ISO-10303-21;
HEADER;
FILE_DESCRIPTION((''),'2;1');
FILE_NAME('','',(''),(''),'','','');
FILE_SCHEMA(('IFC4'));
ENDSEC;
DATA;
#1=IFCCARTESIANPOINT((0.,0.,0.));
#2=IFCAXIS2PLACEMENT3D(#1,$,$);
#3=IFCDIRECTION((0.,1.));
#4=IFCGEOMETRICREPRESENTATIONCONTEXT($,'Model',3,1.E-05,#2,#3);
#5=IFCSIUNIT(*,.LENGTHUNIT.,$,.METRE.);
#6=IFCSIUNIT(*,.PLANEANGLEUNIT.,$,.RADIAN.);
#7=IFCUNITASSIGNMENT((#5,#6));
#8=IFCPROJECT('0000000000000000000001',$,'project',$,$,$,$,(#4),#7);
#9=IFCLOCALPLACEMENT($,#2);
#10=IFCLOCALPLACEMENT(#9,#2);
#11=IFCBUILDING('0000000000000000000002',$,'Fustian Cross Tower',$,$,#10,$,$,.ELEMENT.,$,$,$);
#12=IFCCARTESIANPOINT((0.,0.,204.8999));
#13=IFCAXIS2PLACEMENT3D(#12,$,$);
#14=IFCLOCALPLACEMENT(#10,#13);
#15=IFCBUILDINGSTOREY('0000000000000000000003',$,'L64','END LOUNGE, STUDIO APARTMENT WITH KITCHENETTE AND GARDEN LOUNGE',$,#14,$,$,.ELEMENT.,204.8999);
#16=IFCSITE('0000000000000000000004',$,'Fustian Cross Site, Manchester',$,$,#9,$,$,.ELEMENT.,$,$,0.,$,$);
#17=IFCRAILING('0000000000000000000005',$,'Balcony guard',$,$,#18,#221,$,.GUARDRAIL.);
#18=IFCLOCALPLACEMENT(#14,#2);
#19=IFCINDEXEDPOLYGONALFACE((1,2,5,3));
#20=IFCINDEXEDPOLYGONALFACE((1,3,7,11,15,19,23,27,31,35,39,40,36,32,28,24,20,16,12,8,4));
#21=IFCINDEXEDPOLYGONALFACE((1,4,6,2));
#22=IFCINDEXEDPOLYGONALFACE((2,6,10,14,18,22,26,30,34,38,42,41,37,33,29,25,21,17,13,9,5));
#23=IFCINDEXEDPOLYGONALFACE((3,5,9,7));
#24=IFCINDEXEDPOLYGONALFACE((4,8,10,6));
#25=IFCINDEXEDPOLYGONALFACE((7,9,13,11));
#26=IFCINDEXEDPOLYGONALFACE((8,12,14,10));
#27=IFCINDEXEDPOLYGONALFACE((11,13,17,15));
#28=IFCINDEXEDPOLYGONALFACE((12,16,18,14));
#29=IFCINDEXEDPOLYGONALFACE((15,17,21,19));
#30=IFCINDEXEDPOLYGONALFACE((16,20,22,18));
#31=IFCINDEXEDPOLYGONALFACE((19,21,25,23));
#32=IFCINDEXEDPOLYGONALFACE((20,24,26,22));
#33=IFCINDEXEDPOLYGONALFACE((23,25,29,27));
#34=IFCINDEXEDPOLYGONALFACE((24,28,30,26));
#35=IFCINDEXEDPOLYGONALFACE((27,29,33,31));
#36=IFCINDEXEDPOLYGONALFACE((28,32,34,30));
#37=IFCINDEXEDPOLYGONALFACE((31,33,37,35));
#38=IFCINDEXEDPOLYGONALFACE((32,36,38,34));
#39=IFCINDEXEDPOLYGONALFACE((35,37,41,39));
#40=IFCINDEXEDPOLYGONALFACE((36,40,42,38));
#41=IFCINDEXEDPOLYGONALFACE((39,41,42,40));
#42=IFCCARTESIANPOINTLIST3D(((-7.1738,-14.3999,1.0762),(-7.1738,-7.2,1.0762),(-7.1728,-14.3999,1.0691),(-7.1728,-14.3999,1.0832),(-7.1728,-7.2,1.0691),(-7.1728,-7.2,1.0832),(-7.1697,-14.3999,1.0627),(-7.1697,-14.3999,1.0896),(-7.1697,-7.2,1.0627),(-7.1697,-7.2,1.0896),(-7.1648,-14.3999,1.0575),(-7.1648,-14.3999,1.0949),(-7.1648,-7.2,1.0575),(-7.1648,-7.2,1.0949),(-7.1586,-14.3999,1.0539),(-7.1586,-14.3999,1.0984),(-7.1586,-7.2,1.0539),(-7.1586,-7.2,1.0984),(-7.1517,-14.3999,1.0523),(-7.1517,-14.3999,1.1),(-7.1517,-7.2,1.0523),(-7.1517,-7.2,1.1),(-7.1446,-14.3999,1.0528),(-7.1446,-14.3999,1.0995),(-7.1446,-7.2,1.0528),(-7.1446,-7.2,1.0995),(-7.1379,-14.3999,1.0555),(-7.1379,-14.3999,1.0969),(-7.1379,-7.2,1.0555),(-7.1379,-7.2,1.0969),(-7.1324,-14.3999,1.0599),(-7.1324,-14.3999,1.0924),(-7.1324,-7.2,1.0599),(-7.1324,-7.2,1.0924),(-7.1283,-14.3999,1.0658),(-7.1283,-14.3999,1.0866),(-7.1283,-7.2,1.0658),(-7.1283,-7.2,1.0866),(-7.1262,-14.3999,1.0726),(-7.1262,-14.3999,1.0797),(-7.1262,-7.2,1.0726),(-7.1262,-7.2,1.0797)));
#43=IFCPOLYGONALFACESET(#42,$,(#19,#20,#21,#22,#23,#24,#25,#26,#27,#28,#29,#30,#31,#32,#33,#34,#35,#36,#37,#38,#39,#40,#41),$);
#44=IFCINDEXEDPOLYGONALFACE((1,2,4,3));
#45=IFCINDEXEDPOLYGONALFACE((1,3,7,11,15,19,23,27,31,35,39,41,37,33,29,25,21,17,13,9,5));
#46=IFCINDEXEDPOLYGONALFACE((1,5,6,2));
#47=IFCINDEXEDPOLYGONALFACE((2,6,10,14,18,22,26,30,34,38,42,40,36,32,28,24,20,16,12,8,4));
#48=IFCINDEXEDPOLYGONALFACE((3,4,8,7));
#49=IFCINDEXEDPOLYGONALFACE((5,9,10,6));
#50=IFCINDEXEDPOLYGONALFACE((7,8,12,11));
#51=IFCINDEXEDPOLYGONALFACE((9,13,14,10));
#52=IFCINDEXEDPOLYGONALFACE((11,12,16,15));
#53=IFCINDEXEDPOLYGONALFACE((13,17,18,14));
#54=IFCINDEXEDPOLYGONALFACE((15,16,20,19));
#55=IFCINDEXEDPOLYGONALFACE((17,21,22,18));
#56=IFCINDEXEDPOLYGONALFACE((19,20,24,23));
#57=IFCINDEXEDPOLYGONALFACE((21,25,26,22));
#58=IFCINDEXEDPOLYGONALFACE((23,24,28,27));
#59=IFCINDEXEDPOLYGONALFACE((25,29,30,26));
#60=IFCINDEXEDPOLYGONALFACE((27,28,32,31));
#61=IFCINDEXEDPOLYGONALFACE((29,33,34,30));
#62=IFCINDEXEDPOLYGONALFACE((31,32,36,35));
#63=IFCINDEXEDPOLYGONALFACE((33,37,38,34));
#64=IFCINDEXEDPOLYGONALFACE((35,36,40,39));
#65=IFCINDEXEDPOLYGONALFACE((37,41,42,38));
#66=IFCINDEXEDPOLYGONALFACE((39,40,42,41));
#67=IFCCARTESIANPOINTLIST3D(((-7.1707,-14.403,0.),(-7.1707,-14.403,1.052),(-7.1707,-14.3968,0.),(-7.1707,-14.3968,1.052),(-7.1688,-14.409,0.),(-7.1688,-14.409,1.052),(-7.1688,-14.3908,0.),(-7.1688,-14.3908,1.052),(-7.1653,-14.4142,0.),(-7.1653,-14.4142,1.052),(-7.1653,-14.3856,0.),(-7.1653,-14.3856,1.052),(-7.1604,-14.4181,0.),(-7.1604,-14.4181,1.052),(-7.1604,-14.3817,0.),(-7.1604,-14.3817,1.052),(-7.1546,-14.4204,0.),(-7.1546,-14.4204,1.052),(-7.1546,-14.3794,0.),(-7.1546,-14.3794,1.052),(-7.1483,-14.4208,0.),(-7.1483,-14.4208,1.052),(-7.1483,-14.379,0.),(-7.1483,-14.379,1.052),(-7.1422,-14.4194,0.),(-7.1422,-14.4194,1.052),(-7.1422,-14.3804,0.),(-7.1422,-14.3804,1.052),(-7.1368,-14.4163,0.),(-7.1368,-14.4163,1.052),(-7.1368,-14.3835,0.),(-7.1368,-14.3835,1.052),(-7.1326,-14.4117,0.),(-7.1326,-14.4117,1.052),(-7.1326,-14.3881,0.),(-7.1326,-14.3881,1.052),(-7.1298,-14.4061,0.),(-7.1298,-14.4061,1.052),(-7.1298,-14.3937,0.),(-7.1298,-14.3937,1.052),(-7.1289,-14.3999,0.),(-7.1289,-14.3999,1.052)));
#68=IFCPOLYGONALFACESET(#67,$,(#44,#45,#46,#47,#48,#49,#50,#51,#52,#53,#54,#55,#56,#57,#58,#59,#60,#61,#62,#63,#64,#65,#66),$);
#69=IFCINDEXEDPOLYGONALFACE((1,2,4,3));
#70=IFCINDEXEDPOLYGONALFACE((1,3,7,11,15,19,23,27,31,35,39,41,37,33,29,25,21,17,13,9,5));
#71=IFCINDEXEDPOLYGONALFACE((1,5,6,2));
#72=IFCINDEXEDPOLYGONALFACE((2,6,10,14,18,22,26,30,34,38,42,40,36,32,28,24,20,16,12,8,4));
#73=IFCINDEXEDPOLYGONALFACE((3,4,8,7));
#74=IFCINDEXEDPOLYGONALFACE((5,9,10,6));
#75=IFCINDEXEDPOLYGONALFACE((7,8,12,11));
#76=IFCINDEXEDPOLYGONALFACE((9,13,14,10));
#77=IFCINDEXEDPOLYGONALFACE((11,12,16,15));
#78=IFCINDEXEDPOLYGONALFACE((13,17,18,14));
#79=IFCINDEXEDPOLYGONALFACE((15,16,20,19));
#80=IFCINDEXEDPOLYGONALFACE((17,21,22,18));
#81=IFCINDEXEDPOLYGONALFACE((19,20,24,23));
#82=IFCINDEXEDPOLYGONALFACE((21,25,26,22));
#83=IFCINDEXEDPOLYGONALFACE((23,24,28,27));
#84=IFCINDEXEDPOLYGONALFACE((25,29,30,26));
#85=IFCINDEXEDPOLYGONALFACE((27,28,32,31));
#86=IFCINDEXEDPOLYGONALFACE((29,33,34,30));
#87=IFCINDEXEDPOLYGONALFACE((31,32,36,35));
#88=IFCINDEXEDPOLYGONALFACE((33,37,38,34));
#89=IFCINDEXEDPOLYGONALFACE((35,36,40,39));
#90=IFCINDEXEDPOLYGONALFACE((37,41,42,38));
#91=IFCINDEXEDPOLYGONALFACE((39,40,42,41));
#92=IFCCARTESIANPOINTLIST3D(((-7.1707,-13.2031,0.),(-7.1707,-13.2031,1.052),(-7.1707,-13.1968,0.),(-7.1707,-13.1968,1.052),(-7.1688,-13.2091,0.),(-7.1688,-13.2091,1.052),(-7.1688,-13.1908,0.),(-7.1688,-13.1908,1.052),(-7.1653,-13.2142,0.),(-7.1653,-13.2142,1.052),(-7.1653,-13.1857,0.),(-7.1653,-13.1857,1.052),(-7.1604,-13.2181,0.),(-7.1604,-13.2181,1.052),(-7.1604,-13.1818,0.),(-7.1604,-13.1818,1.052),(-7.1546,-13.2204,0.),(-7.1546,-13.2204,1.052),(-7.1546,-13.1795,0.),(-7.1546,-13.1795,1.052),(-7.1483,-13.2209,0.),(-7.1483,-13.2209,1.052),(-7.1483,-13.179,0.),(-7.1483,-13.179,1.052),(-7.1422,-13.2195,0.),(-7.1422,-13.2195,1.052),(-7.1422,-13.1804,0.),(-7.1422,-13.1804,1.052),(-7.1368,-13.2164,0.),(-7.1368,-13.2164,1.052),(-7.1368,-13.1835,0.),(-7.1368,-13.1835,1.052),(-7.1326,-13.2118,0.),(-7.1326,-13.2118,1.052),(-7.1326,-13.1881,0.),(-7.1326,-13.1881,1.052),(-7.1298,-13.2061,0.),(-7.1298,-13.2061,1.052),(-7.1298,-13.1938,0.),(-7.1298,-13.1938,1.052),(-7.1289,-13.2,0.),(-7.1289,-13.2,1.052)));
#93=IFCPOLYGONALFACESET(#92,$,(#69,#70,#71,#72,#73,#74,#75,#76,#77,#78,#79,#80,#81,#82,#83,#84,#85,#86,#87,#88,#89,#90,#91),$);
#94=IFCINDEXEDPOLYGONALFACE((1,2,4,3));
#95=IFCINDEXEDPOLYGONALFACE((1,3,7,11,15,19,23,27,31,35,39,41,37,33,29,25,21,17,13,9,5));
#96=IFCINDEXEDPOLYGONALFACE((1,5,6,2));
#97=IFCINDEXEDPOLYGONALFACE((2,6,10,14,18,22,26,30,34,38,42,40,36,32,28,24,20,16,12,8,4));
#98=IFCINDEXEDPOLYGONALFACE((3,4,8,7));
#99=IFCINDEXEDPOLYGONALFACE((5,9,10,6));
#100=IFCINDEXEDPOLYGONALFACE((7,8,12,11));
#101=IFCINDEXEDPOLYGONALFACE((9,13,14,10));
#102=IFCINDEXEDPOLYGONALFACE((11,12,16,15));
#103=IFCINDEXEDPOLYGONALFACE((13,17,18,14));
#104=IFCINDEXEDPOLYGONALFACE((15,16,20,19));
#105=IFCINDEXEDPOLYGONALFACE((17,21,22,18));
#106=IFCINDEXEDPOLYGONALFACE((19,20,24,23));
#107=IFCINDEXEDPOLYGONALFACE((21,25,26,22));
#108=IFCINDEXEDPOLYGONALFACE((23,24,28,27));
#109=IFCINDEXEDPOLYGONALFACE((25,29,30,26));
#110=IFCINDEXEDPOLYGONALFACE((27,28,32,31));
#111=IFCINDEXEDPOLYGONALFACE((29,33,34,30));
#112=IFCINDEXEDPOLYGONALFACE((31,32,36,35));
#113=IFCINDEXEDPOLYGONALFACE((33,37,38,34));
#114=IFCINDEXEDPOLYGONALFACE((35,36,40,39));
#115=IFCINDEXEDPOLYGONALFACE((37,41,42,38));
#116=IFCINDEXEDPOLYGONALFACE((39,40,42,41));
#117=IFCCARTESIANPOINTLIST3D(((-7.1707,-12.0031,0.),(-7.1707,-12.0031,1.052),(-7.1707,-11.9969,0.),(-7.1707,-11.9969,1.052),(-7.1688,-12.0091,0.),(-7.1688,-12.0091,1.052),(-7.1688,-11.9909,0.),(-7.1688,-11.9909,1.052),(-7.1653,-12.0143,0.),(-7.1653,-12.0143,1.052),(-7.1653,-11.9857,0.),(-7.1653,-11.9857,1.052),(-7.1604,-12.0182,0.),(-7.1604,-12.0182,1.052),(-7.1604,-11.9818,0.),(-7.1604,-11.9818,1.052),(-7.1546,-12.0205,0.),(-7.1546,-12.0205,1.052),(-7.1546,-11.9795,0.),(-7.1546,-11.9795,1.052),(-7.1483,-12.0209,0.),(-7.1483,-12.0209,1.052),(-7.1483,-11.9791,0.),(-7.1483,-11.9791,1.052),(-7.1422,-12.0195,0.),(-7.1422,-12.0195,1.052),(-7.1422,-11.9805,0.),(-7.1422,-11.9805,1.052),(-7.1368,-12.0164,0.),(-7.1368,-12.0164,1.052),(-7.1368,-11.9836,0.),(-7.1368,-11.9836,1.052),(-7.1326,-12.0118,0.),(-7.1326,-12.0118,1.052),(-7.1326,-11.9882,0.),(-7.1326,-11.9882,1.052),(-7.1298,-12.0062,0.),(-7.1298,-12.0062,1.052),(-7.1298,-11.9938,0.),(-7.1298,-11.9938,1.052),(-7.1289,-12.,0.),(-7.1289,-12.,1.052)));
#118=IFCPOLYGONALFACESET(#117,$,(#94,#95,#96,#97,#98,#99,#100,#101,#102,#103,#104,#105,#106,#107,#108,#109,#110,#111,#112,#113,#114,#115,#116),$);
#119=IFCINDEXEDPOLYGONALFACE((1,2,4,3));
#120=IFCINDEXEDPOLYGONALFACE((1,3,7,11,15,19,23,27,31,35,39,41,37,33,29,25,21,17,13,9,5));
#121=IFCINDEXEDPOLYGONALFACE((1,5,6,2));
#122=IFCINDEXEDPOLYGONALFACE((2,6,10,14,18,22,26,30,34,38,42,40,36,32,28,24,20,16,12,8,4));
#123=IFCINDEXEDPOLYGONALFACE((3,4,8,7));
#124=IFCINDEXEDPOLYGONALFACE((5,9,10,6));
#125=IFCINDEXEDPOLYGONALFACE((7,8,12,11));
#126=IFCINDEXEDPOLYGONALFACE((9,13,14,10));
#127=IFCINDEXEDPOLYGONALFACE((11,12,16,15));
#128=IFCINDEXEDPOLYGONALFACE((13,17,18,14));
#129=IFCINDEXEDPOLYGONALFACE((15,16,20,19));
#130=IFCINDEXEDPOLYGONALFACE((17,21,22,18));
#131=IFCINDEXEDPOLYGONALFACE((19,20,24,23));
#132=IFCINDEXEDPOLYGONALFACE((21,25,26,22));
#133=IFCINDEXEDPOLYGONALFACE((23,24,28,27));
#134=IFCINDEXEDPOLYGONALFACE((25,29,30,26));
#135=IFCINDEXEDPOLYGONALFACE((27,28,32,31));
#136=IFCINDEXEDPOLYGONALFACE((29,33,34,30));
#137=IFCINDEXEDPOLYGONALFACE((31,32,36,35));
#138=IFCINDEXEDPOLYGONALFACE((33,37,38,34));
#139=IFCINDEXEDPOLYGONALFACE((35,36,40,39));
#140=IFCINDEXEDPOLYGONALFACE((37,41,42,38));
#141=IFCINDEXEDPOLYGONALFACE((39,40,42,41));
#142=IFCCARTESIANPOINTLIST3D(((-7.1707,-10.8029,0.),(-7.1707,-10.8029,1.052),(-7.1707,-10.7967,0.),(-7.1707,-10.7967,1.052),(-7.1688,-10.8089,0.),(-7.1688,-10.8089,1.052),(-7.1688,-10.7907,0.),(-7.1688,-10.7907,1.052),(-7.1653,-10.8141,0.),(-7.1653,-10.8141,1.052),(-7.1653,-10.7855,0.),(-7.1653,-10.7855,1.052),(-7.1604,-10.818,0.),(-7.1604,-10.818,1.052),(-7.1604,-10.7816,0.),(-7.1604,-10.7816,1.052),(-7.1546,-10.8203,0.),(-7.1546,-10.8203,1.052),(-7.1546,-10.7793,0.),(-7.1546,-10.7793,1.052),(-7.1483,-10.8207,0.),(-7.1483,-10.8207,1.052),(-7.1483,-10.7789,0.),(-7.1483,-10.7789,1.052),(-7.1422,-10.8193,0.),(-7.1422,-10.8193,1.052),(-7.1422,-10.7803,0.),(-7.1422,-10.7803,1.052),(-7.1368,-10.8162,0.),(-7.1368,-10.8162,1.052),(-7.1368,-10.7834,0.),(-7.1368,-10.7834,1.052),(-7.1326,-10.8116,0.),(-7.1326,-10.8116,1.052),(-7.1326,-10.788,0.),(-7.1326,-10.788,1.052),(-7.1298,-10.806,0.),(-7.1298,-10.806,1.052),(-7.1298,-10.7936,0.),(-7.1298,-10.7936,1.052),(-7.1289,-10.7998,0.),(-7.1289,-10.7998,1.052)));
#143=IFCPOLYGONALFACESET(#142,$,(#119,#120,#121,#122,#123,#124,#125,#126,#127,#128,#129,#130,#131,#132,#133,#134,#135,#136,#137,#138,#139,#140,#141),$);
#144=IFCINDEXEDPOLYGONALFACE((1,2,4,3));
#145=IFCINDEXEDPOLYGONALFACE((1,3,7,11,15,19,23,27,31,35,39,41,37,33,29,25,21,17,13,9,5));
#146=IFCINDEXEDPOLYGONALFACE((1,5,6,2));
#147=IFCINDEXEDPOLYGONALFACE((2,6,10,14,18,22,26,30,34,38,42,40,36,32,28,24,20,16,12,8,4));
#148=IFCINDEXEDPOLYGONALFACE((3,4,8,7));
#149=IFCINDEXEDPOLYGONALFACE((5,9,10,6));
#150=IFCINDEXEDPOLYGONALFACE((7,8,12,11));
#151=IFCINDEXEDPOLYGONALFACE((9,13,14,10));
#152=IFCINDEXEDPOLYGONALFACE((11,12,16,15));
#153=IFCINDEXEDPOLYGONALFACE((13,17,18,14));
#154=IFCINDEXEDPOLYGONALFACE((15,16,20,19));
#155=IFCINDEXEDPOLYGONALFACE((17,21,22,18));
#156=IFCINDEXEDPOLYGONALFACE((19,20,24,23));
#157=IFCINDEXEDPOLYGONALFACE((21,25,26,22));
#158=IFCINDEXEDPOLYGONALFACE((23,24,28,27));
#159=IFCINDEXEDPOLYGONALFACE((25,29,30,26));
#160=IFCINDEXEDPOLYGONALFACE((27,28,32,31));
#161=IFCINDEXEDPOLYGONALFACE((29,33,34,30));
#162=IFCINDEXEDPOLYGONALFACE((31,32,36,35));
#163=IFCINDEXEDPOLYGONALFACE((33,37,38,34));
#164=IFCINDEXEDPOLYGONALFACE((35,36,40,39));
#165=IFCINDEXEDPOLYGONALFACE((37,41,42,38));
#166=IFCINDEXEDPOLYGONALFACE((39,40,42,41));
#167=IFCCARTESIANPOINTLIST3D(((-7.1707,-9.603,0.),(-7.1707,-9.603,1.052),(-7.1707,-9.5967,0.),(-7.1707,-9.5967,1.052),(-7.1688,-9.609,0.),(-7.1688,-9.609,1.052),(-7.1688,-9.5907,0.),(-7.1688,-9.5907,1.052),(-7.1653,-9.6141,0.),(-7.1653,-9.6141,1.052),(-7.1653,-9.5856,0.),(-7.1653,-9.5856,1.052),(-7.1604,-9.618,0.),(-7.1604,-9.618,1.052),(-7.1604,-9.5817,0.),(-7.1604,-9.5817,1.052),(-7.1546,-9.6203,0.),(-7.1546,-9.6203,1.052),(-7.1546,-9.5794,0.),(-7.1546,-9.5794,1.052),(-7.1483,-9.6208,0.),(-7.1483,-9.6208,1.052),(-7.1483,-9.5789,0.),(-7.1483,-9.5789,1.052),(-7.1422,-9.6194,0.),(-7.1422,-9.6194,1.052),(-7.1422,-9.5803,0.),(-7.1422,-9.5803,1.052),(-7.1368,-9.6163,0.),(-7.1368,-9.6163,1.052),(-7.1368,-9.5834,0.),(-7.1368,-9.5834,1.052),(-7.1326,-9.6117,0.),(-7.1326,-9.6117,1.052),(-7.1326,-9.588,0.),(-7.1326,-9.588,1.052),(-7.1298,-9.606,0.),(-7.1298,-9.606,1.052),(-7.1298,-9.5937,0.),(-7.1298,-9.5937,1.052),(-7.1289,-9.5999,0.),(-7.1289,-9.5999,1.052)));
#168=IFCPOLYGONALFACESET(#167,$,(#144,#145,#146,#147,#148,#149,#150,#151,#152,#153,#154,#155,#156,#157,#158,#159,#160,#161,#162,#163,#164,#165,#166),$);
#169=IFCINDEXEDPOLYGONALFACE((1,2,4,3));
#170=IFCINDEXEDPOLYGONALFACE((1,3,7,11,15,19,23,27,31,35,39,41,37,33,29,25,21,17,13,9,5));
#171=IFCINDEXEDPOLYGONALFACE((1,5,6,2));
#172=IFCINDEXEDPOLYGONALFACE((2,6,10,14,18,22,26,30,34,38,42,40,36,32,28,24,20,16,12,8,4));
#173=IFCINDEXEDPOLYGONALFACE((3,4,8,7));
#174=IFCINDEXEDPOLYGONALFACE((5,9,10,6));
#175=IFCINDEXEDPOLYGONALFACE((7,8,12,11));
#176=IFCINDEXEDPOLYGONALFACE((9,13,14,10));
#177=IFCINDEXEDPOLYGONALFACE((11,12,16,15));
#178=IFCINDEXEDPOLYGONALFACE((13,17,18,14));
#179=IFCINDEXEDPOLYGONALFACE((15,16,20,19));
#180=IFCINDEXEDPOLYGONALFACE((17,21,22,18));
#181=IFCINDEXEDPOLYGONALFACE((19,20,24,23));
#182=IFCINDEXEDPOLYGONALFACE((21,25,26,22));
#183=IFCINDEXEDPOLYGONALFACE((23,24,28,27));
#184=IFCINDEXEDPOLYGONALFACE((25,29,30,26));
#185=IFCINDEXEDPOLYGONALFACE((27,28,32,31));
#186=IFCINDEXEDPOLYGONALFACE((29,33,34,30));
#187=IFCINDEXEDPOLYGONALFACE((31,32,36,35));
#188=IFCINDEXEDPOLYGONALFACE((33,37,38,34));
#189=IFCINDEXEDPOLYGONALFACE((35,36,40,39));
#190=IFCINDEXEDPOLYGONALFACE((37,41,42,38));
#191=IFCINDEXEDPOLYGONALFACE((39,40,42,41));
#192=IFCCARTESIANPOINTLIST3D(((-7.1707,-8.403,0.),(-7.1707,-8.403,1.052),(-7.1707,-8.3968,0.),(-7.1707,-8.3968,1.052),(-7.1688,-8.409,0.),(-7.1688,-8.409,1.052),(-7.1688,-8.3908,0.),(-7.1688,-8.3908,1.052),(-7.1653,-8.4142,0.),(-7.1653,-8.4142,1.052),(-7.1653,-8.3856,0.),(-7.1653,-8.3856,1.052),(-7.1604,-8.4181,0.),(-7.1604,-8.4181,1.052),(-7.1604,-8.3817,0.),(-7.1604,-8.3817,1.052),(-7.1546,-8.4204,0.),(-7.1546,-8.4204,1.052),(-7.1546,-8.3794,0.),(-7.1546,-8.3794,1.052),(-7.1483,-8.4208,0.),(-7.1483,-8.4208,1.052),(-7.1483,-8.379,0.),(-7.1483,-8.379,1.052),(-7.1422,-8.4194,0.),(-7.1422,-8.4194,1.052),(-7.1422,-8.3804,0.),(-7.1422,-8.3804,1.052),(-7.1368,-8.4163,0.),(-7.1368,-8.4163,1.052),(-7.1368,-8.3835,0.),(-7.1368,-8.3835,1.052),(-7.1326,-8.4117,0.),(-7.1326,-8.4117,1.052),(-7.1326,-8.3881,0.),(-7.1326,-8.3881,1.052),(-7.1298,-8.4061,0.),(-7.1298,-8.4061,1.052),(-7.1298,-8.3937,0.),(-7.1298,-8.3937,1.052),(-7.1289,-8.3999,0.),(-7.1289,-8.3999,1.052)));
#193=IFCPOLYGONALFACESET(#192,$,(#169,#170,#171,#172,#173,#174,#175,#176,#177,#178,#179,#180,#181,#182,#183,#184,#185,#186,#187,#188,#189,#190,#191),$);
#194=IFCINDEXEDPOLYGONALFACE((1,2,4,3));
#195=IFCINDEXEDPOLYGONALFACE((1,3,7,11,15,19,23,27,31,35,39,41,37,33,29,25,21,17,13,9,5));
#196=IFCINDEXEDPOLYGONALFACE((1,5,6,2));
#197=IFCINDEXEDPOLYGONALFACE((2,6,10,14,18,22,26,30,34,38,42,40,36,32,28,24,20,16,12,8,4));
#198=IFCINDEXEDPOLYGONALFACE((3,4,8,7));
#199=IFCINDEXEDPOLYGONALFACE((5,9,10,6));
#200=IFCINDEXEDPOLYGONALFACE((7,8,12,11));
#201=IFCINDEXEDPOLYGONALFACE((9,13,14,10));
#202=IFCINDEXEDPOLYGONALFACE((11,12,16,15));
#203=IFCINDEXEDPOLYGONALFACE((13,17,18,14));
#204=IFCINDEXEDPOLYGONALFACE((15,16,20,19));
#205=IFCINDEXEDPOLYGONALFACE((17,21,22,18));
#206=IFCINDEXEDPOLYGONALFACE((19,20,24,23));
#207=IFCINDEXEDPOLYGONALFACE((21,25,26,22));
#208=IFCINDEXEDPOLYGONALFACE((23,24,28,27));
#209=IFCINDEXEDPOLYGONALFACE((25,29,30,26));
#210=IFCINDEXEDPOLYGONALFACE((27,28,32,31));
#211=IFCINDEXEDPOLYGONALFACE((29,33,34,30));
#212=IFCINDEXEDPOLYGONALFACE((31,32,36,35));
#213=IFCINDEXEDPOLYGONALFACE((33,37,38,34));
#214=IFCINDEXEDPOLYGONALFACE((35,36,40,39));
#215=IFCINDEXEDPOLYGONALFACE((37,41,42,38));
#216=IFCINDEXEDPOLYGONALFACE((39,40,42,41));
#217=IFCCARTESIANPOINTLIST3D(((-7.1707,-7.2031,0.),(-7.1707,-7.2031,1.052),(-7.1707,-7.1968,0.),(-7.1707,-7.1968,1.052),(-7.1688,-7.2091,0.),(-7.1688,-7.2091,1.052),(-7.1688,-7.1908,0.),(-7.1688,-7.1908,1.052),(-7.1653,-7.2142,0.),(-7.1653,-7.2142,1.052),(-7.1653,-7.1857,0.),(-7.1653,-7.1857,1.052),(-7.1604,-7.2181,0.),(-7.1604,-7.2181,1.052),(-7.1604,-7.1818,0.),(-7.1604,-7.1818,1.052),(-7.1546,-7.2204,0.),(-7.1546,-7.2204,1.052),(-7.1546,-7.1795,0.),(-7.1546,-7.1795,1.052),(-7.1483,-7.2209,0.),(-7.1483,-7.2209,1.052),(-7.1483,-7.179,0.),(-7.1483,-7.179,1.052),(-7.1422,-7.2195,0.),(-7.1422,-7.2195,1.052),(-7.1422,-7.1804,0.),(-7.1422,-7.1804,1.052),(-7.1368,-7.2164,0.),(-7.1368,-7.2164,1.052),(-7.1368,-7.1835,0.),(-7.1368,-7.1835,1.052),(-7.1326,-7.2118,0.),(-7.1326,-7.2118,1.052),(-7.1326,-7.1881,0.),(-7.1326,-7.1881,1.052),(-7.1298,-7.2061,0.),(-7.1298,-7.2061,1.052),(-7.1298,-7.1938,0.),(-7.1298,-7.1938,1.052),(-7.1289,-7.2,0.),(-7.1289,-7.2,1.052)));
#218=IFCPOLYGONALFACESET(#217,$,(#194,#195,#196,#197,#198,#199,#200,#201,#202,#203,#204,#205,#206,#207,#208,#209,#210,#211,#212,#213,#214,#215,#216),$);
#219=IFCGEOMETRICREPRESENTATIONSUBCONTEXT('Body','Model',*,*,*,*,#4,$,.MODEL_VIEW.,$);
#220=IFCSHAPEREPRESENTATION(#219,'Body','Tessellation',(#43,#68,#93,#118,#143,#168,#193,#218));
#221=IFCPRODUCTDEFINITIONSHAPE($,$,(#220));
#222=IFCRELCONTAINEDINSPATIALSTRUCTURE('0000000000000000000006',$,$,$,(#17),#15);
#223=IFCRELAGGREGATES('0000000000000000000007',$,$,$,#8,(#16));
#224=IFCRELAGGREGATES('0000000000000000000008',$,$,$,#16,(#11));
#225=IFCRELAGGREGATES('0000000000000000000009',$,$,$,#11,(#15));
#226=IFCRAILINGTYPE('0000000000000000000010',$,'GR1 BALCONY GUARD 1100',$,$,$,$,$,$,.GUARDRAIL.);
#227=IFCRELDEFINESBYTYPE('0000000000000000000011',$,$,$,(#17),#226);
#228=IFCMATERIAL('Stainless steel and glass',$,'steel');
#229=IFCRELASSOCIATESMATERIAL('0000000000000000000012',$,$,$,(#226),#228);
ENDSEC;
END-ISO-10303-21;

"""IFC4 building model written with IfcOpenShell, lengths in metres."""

from ifc_helpers import new_model, si_unit, direction, frame, origin, origin_2d, place, context, subcontext, project, spatial, circle, extrude, material, type_object, element, save


model = new_model("IFC4")

# Units and contexts
model_context = context("Model", 3, precision=1e-05, world=origin(), true_north=direction((0.0, 1.0)))
body_context = subcontext(model_context, "Body", "Model", "MODEL_VIEW")
ifc_project = project(units=[si_unit("LENGTHUNIT", "METRE"), si_unit("PLANEANGLEUNIT", "RADIAN")], contexts=[model_context])

# Site, building, storey
site_placement = place(None, origin())
site = spatial("IfcSite", under=ifc_project, at=site_placement, Name="Fustian Cross Site, Manchester", CompositionType="ELEMENT", RefElevation=0.0)
building_placement = place(site_placement, origin())
building = spatial("IfcBuilding", under=site, at=building_placement, Name="Fustian Cross Tower", CompositionType="ELEMENT")
storey_placement = place(building_placement, frame((0.0, 0.0, 204.8999)))
storey = spatial("IfcBuildingStorey", under=building, at=storey_placement, Name="L64", Description="END LOUNGE, STUDIO APARTMENT WITH KITCHENETTE AND GARDEN LOUNGE", CompositionType="ELEMENT", Elevation=204.8999)

# Railing
ifc_material_1 = material(Name="Stainless steel and glass", Category="steel")
railing_type = type_object("IfcRailingType", Name="GR1 BALCONY GUARD 1100", PredefinedType="GUARDRAIL", material=ifc_material_1)
railing_placement = place(storey_placement, frame((-7.1499, -14.3999, 0.0)))
element("IfcRailing", 1, at=railing_placement, inside=storey, type_object=railing_type, Name="Balcony guard", PredefinedType="GUARDRAIL", context=body_context, shape_type="SweptSolid", body=[
    extrude(circle(Radius=0.0239, at=origin_2d()), frame((0.0, 0.0, 1.0762), z_axis=(0.0, 1.0, 0.0), x_axis=(-1.0, 0.0, 0.0)), (0.0, 0.0, 1.0), 7.2),
    extrude(circle(Radius=0.021, at=origin_2d()), origin(), (0.0, 0.0, 1.0), 1.052),
    extrude(circle(Radius=0.021, at=origin_2d()), frame((0.0, 1.2, 0.0)), (0.0, 0.0, 1.0), 1.052),
    extrude(circle(Radius=0.021, at=origin_2d()), frame((0.0, 2.3999, 0.0)), (0.0, 0.0, 1.0), 1.052),
    extrude(circle(Radius=0.021, at=origin_2d()), frame((0.0, 3.6001, 0.0)), (0.0, 0.0, 1.0), 1.052),
    extrude(circle(Radius=0.021, at=origin_2d()), frame((0.0, 4.8, 0.0)), (0.0, 0.0, 1.0), 1.052),
    extrude(circle(Radius=0.021, at=origin_2d()), frame((0.0, 6.0, 0.0)), (0.0, 0.0, 1.0), 1.052),
    extrude(circle(Radius=0.021, at=origin_2d()), frame((0.0, 7.2, 0.0)), (0.0, 0.0, 1.0), 1.052),
])

save(model, "model.ifc")
